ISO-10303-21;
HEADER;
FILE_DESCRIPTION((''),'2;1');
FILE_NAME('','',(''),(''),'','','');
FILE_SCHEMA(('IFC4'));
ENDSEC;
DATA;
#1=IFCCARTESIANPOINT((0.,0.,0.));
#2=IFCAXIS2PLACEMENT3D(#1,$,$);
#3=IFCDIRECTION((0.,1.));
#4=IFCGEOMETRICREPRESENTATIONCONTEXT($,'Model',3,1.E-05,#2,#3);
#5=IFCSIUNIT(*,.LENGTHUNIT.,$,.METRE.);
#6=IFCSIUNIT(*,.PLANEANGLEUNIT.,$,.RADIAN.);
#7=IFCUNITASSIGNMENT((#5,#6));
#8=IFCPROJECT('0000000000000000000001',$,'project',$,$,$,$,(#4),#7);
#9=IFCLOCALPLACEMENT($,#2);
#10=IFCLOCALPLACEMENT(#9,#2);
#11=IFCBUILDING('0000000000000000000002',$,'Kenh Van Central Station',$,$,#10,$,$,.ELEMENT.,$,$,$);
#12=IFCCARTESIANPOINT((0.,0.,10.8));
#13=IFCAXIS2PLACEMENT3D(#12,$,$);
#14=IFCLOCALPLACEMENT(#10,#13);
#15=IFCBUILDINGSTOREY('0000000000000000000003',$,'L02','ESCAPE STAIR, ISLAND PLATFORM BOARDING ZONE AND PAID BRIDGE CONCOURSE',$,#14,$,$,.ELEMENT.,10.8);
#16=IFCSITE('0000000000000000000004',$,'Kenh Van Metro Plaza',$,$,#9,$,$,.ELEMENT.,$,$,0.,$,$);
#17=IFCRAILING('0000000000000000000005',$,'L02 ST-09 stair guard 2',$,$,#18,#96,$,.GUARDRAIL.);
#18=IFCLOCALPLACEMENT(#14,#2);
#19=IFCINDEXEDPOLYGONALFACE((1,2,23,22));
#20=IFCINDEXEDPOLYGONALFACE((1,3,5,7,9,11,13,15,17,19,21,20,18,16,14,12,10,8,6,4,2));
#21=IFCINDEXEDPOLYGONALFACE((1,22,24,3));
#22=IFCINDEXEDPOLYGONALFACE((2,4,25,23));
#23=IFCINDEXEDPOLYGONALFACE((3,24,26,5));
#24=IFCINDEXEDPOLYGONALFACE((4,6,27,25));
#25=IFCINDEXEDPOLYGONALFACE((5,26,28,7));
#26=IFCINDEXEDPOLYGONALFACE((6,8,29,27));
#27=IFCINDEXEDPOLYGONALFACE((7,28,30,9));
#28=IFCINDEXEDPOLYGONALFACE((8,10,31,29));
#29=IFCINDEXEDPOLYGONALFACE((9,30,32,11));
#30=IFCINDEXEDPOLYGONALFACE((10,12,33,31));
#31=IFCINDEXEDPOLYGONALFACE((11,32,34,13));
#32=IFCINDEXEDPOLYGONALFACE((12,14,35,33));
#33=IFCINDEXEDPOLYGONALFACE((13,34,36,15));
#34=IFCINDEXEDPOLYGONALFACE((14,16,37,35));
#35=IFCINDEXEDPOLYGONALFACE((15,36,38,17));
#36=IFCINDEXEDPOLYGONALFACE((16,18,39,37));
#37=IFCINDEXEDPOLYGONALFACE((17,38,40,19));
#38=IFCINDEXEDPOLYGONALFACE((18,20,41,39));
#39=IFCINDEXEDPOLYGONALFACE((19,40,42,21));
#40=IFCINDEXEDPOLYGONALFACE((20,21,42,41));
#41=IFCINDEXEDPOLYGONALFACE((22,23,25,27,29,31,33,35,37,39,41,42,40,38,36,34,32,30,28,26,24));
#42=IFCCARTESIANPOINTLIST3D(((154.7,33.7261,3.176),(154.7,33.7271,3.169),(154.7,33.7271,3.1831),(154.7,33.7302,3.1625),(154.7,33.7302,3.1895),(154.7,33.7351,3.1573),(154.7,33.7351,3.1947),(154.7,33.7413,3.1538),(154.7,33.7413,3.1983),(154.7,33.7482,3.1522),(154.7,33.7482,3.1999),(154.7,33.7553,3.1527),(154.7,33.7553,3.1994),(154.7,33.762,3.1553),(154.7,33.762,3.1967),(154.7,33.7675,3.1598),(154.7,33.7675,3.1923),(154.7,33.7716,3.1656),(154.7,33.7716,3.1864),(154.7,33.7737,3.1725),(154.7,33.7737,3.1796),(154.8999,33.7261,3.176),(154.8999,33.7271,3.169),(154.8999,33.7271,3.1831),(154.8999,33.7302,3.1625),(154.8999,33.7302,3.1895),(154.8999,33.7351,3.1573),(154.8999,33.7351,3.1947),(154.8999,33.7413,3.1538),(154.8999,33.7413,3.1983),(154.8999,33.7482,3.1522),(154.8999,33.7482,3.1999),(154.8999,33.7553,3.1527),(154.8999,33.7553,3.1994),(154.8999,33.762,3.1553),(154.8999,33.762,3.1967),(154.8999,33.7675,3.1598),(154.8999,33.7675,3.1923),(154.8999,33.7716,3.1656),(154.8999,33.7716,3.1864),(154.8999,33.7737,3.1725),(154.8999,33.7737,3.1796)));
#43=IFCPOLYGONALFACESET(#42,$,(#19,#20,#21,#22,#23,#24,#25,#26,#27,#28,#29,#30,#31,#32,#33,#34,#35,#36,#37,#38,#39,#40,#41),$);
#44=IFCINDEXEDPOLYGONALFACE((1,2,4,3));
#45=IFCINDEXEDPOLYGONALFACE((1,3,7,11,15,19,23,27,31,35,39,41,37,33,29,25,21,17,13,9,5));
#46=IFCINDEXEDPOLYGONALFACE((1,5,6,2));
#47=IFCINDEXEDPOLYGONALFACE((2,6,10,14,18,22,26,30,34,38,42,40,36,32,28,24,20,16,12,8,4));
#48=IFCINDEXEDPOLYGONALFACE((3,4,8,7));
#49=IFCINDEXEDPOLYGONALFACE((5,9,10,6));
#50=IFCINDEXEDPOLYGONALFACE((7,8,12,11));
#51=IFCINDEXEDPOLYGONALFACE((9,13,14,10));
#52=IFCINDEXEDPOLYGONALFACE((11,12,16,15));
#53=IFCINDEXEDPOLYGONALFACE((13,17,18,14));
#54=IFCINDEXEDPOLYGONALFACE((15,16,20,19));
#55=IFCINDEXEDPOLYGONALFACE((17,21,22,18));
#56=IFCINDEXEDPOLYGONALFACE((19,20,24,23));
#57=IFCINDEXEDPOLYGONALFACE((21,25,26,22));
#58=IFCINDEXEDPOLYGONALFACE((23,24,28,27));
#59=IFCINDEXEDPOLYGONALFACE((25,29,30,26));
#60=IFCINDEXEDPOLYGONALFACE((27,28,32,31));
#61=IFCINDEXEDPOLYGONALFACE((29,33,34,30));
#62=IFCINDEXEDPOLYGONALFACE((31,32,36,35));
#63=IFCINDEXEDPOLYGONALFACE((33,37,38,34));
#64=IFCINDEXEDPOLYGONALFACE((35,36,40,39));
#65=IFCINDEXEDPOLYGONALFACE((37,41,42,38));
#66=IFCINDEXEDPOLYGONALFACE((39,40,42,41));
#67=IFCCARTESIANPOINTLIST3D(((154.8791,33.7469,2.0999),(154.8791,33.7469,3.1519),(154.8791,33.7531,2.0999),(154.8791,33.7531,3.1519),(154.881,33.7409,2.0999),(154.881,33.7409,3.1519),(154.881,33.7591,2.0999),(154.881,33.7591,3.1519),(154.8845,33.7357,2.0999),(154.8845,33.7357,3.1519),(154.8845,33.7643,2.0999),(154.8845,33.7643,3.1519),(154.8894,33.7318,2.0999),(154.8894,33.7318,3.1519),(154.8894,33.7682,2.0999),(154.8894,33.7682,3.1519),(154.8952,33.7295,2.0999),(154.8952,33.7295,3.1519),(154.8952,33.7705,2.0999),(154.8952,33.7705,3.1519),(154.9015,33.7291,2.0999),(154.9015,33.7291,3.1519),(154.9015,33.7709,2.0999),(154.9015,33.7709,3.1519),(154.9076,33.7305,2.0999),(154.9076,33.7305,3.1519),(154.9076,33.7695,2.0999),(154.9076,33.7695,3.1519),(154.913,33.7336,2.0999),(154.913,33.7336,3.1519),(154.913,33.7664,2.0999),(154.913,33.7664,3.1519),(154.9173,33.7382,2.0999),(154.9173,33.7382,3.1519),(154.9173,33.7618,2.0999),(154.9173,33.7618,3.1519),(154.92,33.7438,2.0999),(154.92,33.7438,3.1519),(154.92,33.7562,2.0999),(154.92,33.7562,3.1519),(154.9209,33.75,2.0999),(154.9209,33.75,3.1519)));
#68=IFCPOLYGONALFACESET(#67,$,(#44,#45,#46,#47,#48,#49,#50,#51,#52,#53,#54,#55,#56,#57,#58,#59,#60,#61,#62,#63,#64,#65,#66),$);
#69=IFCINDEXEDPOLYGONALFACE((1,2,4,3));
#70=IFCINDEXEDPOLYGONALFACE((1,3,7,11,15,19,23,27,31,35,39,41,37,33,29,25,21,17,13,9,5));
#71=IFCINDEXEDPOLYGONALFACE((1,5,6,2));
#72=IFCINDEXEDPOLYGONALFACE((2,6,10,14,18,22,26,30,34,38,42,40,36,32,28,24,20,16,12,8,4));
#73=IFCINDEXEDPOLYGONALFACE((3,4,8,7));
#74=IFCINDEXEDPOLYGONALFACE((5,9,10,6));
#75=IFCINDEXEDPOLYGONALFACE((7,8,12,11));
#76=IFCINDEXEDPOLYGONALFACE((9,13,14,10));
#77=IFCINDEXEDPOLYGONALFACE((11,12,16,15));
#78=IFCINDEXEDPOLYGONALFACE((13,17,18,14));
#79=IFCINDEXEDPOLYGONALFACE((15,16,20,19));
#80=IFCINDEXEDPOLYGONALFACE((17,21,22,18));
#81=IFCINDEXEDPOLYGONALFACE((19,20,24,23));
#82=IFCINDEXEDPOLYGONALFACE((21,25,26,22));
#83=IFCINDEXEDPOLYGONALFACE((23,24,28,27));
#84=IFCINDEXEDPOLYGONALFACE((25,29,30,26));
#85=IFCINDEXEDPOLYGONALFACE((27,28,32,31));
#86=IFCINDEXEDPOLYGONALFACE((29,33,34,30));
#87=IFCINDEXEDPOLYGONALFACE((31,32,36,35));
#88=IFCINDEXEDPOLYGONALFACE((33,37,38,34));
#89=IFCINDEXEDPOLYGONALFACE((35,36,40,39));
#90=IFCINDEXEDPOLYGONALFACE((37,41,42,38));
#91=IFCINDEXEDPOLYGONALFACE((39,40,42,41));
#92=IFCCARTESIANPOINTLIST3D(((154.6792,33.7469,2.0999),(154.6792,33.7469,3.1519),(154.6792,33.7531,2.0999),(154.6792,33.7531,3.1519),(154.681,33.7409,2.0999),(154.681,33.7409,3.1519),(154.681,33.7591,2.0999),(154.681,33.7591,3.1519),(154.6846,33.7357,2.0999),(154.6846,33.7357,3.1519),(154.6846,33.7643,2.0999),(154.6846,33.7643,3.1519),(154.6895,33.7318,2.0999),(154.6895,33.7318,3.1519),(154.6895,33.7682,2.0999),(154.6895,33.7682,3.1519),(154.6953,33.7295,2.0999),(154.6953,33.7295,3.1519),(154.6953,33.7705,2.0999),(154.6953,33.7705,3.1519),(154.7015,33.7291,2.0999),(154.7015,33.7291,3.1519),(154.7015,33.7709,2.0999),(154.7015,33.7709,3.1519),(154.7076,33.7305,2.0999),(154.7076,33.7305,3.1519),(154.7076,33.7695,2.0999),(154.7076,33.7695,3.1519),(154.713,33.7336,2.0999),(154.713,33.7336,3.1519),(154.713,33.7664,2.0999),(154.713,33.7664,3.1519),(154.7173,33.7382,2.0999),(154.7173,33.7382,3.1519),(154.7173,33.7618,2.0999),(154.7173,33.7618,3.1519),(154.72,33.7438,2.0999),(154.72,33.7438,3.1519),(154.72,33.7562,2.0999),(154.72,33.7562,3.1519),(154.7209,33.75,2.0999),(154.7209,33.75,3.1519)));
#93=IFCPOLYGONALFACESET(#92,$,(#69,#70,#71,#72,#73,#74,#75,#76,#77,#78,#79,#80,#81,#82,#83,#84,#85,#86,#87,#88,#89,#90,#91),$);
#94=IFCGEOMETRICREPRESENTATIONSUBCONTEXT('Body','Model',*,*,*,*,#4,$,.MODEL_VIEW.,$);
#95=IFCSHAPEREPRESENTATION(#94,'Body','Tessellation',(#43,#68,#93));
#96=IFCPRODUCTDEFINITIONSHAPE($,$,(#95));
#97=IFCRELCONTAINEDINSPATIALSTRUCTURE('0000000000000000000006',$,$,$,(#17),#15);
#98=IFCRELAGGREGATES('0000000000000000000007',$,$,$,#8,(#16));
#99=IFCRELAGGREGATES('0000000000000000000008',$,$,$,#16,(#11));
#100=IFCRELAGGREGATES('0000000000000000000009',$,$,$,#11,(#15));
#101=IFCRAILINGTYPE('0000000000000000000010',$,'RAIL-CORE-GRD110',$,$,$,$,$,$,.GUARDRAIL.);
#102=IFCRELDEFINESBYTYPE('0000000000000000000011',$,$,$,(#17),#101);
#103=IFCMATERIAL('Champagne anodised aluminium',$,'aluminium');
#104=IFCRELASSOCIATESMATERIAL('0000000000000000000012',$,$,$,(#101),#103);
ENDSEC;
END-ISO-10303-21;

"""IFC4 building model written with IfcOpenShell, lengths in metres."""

from ifc_helpers import new_model, si_unit, direction, frame, origin, origin_2d, place, context, subcontext, project, spatial, circle, extrude, material, type_object, element, save


model = new_model("IFC4")

# Units and contexts
model_context = context("Model", 3, precision=1e-05, world=origin(), true_north=direction((0.0, 1.0)))
body_context = subcontext(model_context, "Body", "Model", "MODEL_VIEW")
ifc_project = project(units=[si_unit("LENGTHUNIT", "METRE"), si_unit("PLANEANGLEUNIT", "RADIAN")], contexts=[model_context])

# Site, building, storey
site_placement = place(None, origin())
site = spatial("IfcSite", under=ifc_project, at=site_placement, Name="Kenh Van Metro Plaza", CompositionType="ELEMENT", RefElevation=0.0)
building_placement = place(site_placement, origin())
building = spatial("IfcBuilding", under=site, at=building_placement, Name="Kenh Van Central Station", CompositionType="ELEMENT")
storey_placement = place(building_placement, frame((0.0, 0.0, 10.8)))
storey = spatial("IfcBuildingStorey", under=building, at=storey_placement, Name="L02", Description="ESCAPE STAIR, ISLAND PLATFORM BOARDING ZONE AND PAID BRIDGE CONCOURSE", CompositionType="ELEMENT", Elevation=10.8)

# Shared definitions
ifc_material_1 = material(Name="Champagne anodised aluminium", Category="aluminium")

# Railing
railing_type_1 = type_object("IfcRailingType", Name="RAIL-CORE-GRD110", PredefinedType="GUARDRAIL", material=ifc_material_1)
railing_1_placement = place(storey_placement, frame((154.8999, 33.75, 2.0999)))
element("IfcRailing", 1, at=railing_1_placement, inside=storey, type_object=railing_type_1, Name="L02 ST-09 stair guard 2", PredefinedType="GUARDRAIL", context=body_context, shape_type="SweptSolid", body=[
    extrude(circle(Radius=0.0239, at=origin_2d()), frame((0.0, 0.0, 1.0762), z_axis=(-1.0, 0.0, 0.0), x_axis=(0.0, -1.0, 0.0)), (0.0, 0.0, 1.0), 0.2),
    extrude(circle(Radius=0.021, at=origin_2d()), origin(), (0.0, 0.0, 1.0), 1.052),
    extrude(circle(Radius=0.021, at=origin_2d()), frame((-0.2, 0.0, 0.0)), (0.0, 0.0, 1.0), 1.052),
])

save(model, "model.ifc")
